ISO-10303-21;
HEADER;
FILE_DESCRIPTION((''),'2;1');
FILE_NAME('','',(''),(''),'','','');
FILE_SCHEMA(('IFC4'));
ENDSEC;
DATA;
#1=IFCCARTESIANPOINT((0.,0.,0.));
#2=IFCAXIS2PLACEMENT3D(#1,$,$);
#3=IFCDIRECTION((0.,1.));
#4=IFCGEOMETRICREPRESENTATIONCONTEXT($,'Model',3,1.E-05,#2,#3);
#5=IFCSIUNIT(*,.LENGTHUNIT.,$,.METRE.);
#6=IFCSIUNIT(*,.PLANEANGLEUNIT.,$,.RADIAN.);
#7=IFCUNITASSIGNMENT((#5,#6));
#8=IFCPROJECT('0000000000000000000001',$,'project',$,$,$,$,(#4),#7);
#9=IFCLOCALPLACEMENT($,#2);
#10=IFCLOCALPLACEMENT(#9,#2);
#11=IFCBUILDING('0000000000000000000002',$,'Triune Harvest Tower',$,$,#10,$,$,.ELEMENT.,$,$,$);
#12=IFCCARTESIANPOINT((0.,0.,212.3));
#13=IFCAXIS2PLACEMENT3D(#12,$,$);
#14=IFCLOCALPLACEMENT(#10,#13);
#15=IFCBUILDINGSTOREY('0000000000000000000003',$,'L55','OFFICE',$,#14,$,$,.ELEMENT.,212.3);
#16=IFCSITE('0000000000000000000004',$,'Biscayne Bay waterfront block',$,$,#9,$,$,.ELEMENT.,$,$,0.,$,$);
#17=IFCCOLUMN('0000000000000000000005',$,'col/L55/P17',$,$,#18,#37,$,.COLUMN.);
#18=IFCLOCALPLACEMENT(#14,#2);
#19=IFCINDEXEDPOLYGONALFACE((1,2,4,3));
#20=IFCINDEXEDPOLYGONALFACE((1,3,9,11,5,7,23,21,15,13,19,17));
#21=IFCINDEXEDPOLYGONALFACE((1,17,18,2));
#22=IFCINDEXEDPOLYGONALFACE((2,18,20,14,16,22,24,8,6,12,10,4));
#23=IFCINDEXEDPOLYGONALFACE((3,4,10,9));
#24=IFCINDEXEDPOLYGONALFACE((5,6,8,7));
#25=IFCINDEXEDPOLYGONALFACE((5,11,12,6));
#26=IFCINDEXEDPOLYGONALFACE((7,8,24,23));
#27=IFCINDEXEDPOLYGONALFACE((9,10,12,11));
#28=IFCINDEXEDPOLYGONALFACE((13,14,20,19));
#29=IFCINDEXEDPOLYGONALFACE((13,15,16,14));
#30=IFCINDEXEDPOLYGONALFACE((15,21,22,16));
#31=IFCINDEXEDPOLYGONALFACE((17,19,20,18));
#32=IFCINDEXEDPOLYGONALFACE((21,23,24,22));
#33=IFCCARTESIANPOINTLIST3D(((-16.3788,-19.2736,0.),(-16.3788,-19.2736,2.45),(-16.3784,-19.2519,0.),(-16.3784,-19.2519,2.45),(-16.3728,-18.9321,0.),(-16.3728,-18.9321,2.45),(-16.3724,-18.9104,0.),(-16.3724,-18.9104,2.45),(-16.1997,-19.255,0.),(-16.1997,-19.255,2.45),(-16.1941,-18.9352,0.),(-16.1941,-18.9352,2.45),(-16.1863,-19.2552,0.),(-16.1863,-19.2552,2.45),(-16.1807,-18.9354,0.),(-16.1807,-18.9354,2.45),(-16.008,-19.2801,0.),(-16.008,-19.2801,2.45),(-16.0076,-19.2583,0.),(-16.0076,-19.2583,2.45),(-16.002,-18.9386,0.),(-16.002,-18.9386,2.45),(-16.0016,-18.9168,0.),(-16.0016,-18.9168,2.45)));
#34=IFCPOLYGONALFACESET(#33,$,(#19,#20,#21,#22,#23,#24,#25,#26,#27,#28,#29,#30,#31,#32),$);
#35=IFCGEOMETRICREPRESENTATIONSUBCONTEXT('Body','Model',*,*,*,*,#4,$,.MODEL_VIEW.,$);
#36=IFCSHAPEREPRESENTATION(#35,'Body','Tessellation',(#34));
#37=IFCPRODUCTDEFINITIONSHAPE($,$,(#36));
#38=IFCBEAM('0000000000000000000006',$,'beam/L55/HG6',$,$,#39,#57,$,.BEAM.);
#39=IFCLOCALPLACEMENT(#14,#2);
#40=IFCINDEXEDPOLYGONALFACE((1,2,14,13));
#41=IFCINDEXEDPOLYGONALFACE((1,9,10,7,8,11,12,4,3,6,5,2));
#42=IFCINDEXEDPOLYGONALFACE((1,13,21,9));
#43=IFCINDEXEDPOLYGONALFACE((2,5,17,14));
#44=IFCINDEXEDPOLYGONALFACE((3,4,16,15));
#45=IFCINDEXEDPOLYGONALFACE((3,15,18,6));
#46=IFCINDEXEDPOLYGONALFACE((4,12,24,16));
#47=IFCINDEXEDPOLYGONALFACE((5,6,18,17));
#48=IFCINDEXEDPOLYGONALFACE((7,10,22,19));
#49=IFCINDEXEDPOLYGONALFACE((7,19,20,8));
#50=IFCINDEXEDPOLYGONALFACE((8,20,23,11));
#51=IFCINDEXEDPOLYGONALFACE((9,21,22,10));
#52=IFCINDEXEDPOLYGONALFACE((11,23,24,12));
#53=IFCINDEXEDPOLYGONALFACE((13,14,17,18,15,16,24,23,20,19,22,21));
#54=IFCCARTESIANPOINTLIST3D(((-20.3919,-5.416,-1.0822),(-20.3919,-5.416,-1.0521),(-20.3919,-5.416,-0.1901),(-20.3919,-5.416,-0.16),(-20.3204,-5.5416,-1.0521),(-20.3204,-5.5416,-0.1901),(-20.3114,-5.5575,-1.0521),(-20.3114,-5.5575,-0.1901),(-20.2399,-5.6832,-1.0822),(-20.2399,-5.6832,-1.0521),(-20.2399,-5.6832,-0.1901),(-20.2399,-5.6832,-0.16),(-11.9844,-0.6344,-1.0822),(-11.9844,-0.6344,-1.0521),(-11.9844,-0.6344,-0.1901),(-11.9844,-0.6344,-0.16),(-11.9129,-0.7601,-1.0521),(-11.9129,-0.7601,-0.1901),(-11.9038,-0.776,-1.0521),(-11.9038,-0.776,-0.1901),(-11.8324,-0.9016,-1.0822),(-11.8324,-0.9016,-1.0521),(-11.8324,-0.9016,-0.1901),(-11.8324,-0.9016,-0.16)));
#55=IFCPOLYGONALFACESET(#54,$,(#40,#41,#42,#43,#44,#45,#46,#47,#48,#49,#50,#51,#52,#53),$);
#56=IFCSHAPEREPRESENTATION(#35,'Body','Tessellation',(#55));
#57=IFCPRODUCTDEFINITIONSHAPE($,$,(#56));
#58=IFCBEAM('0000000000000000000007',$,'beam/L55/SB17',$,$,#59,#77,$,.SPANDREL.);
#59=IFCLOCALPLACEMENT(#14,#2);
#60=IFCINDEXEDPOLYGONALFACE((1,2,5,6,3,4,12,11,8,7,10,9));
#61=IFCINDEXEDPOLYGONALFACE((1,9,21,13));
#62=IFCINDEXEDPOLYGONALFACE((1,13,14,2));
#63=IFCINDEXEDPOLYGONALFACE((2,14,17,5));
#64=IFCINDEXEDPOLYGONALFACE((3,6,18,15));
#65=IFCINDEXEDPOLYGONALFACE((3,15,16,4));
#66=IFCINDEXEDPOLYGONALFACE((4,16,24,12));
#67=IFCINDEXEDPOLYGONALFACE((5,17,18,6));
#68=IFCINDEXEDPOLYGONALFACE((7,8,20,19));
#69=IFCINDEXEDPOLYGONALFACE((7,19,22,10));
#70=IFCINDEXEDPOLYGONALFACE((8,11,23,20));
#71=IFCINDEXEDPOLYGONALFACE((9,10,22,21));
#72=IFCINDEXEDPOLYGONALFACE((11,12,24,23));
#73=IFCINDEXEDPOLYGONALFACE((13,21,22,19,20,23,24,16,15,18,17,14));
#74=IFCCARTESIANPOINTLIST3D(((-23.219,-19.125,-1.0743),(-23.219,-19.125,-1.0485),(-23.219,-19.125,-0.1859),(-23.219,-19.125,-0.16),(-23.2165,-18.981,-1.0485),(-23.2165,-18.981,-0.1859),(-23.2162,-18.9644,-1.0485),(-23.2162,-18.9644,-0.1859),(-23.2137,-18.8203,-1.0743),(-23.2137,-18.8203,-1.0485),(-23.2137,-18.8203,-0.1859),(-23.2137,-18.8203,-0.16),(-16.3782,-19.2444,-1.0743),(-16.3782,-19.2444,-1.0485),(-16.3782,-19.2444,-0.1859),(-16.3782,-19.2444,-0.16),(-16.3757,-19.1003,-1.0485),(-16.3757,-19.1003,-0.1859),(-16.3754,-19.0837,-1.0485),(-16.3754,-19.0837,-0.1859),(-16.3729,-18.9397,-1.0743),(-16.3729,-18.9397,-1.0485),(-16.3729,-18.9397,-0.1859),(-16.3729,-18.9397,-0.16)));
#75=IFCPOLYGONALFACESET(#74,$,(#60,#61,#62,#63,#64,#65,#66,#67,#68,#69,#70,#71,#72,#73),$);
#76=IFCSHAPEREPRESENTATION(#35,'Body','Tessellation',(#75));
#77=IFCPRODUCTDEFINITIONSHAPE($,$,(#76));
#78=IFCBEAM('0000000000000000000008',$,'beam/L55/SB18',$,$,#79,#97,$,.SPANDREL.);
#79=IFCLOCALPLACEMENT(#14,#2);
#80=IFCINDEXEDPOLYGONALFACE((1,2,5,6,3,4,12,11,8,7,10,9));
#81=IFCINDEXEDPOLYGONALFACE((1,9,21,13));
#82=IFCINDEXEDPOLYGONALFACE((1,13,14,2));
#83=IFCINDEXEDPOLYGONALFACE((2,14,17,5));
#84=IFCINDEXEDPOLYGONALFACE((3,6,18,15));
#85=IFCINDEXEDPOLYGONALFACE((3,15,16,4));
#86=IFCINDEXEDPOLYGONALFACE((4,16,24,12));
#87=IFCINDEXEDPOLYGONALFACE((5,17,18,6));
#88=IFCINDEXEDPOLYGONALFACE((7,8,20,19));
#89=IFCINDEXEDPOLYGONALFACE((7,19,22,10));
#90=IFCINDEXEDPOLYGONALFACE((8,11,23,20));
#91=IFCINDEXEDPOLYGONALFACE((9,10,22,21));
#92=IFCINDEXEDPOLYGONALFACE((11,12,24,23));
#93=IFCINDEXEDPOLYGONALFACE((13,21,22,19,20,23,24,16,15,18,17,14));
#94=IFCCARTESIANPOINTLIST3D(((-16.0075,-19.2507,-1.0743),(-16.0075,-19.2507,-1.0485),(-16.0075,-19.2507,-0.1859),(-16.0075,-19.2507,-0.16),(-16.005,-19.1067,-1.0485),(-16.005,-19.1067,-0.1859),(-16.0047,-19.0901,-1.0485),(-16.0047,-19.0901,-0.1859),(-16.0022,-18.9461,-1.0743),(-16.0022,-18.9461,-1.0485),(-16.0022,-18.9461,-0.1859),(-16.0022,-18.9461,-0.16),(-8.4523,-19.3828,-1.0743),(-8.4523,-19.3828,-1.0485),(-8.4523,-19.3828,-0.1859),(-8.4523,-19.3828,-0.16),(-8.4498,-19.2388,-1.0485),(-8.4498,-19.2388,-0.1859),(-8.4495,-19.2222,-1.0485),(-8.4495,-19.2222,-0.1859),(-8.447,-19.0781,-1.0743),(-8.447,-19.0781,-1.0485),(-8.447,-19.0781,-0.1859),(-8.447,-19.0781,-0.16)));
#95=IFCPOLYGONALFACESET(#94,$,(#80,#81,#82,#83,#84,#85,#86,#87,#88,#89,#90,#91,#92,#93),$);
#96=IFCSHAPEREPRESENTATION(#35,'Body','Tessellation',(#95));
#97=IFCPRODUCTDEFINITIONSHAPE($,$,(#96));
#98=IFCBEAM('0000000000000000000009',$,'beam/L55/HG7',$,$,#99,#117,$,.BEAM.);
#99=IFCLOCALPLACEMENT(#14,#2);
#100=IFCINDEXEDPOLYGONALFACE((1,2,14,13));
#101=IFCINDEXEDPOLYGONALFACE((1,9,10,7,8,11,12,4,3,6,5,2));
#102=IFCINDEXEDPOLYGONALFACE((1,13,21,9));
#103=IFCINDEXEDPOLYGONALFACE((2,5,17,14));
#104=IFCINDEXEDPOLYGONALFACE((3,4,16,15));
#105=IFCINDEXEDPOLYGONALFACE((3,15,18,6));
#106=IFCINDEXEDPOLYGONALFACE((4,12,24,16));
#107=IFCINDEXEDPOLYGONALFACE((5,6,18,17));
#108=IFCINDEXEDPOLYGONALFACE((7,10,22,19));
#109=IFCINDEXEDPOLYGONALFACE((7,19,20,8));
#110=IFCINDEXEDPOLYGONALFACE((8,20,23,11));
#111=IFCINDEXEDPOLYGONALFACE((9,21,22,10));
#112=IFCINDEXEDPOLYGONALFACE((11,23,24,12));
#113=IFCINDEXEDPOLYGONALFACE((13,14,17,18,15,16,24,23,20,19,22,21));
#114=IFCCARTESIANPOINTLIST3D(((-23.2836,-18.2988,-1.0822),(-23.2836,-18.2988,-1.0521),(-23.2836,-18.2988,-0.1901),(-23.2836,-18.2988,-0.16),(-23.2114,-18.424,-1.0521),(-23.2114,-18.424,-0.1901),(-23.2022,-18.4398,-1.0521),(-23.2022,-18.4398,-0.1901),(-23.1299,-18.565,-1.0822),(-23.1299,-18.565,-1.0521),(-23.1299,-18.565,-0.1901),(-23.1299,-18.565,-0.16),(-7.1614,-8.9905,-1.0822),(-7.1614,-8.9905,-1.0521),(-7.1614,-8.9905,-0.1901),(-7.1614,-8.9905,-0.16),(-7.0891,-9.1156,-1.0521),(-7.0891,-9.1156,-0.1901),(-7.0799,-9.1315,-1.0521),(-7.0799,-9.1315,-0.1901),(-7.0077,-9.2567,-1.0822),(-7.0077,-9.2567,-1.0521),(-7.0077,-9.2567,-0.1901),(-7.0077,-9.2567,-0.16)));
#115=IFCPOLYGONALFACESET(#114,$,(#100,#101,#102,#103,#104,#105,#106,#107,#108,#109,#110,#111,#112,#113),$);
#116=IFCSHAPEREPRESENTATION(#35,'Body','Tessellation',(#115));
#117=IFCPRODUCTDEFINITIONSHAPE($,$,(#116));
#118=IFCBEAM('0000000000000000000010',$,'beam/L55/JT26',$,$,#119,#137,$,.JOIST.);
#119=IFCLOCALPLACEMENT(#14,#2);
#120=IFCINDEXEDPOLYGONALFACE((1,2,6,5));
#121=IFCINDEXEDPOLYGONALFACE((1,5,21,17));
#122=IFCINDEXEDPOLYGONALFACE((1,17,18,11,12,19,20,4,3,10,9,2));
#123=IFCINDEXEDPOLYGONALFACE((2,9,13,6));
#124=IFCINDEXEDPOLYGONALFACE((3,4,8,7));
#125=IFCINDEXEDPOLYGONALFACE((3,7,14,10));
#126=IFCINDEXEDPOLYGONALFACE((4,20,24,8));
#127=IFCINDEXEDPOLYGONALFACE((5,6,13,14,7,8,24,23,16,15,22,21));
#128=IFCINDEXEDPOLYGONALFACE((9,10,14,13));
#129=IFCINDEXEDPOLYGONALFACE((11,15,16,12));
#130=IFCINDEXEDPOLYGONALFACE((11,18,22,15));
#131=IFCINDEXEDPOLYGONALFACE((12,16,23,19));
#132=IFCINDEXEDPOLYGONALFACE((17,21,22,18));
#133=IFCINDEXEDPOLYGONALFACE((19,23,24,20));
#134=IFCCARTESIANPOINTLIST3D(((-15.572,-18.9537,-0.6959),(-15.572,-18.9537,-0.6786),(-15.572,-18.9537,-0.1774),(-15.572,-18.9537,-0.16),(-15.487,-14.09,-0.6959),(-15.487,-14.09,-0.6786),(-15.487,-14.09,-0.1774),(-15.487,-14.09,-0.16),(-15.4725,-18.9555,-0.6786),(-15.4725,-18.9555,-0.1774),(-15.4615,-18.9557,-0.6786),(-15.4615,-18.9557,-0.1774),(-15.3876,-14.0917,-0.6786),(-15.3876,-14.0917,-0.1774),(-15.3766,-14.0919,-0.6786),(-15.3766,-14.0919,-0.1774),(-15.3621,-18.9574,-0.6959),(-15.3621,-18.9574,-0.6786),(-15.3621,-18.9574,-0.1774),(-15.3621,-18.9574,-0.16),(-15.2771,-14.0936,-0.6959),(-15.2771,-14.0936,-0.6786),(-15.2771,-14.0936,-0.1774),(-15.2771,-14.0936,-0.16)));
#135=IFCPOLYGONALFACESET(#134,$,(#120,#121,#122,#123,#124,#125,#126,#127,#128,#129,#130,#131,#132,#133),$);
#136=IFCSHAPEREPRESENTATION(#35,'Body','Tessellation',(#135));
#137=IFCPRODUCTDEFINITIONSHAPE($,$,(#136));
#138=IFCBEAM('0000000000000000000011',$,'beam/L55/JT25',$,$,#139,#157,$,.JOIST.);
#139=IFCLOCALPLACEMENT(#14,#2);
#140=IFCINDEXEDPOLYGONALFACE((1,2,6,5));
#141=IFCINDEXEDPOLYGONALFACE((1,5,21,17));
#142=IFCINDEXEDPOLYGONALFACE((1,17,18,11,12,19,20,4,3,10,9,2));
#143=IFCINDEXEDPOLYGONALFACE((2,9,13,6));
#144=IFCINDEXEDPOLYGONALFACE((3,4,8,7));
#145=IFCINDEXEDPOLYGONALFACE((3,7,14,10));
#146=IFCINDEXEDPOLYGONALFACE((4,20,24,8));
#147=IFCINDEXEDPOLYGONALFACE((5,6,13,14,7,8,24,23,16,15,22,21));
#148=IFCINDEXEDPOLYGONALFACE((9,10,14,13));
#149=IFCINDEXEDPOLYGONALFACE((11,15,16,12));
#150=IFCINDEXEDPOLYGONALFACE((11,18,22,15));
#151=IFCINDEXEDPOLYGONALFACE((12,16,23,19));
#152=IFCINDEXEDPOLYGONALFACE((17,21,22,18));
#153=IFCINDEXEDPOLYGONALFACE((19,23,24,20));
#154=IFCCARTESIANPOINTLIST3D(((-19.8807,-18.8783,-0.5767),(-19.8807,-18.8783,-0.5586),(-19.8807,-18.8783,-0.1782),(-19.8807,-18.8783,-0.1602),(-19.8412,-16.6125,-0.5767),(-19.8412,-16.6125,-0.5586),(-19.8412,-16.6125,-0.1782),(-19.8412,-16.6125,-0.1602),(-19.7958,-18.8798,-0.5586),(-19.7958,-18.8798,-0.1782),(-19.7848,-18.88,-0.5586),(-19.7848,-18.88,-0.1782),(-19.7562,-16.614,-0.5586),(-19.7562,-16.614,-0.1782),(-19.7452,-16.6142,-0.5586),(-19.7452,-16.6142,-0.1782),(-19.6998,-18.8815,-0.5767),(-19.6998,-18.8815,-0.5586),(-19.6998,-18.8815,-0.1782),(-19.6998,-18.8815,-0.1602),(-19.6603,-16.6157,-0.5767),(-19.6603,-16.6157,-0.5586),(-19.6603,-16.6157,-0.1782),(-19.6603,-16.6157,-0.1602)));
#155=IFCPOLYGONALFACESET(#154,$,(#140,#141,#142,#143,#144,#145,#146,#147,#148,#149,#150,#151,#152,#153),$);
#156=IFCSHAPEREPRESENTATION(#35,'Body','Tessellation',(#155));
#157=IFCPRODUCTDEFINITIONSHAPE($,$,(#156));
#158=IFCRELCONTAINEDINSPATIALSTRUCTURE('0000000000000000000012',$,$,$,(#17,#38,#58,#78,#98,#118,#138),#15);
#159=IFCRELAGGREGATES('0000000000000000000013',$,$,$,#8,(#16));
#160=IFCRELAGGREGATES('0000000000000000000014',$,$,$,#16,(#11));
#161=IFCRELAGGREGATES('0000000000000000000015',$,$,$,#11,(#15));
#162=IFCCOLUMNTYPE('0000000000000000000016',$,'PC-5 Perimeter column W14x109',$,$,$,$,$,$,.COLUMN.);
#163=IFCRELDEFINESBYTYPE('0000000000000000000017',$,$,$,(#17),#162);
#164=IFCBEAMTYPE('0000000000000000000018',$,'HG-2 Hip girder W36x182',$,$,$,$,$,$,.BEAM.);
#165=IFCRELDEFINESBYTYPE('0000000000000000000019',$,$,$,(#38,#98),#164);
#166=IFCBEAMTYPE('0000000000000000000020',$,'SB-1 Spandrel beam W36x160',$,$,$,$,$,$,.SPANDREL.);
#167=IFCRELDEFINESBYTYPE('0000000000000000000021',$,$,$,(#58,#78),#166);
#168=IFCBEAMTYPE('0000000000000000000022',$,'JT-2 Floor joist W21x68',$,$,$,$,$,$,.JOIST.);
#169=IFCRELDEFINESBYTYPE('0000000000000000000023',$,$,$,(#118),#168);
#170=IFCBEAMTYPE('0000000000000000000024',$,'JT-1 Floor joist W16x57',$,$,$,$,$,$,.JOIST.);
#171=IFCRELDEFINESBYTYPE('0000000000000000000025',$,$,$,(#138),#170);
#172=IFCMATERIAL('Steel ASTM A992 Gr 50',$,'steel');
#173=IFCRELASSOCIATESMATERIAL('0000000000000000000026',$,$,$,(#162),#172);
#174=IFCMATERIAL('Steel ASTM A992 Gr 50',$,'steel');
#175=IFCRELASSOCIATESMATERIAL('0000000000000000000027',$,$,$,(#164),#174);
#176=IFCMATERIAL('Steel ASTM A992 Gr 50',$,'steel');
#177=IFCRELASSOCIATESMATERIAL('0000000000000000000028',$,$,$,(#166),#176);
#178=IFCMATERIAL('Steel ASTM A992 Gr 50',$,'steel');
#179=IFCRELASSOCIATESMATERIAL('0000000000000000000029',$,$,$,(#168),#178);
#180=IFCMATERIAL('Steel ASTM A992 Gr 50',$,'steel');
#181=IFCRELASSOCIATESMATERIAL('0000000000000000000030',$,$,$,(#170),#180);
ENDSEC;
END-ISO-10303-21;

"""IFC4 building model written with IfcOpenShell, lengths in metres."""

from ifc_helpers import new_model, si_unit, direction, frame, origin, origin_2d, place, context, subcontext, project, spatial, i_section, extrude, source, transform, mapped, material, material_profile, profile_set, type_object, element, save


model = new_model("IFC4")

# Units and contexts
model_context = context("Model", 3, precision=1e-05, world=origin(), true_north=direction((0.0, 1.0)))
body_context = subcontext(model_context, "Body", "Model", "MODEL_VIEW")
ifc_project = project(units=[si_unit("LENGTHUNIT", "METRE"), si_unit("PLANEANGLEUNIT", "RADIAN")], contexts=[model_context])

# Site, building, storey
site_placement = place(None, origin())
site = spatial("IfcSite", under=ifc_project, at=site_placement, Name="Biscayne Bay waterfront block", CompositionType="ELEMENT", RefElevation=0.0)
building_placement = place(site_placement, origin())
building = spatial("IfcBuilding", under=site, at=building_placement, Name="Triune Harvest Tower", CompositionType="ELEMENT")
storey_placement = place(building_placement, frame((0.0, 0.0, 212.3)))
storey = spatial("IfcBuildingStorey", under=building, at=storey_placement, Name="L55", Description="OFFICE", CompositionType="ELEMENT", Elevation=212.3)

# Column
ifc_material_1 = material(Name="Steel ASTM A992 Gr 50", Category="steel")
ifc_material_profile_1 = material_profile(ifc_material_1, i_section(OverallWidth=0.3708, OverallDepth=0.3633, WebThickness=0.0134, FlangeThickness=0.0217, at=origin_2d()), Name="W14x109")
ifc_profile_set_1 = profile_set([ifc_material_profile_1], Name="Steel ASTM A992 Gr 50")
column_type = type_object("IfcColumnType", Name="PC-5 Perimeter column W14x109", PredefinedType="COLUMN", material=ifc_profile_set_1)
shared_shape_1 = source(origin(), body_context, "Body", "SweptSolid", [
    extrude(i_section(OverallWidth=0.3708, OverallDepth=0.3633, WebThickness=0.0134, FlangeThickness=0.0217, at=origin_2d()), origin(), (0.0, 0.0, 1.0), 2.45),
])
column_placement = place(storey_placement, frame((-16.1902, -19.0952, 0.0), z_axis=(0.0, 0.0, 1.0), x_axis=(0.999848, -0.017452, 0.0)))
element("IfcColumn", 1, at=column_placement, inside=storey, type_object=column_type, Name="col/L55/P17", PredefinedType="COLUMN", context=body_context, shape_type="MappedRepresentation", body=[
    mapped(shared_shape_1, transform((0.0, 0.0, 0.0), scale=1.0)),
])

# Beams
ifc_material_2 = material(Name="Steel ASTM A992 Gr 50", Category="steel")
ifc_material_profile_2 = material_profile(ifc_material_2, i_section(OverallWidth=0.3074, OverallDepth=0.9221, WebThickness=0.0183, FlangeThickness=0.03, at=origin_2d()), Name="W36x182")
ifc_profile_set_2 = profile_set([ifc_material_profile_2], Name="Steel ASTM A992 Gr 50")
beam_type_1 = type_object("IfcBeamType", Name="HG-2 Hip girder W36x182", PredefinedType="BEAM", material=ifc_profile_set_2)
shared_shape_2 = source(origin(), body_context, "Body", "SweptSolid", [
    extrude(i_section(OverallWidth=0.3074, OverallDepth=0.9221, WebThickness=0.0183, FlangeThickness=0.03, at=origin_2d()), origin(), (0.0, 0.0, 1.0), 9.6721),
])
beam_1_placement = place(storey_placement, frame((-20.3159, -5.5496, -0.6211), z_axis=(0.869256, 0.494363, 0.0), x_axis=(-0.494363, 0.869256, 0.0)))
element("IfcBeam", 2, at=beam_1_placement, inside=storey, type_object=beam_type_1, Name="beam/L55/HG6", PredefinedType="BEAM", context=body_context, shape_type="MappedRepresentation", body=[
    mapped(shared_shape_2, transform((0.0, 0.0, 0.0), scale=1.0)),
])
ifc_material_3 = material(Name="Steel ASTM A992 Gr 50", Category="steel")
ifc_material_profile_3 = material_profile(ifc_material_3, i_section(OverallWidth=0.3047, OverallDepth=0.9143, WebThickness=0.0166, FlangeThickness=0.0259, at=origin_2d()), Name="W36x160")
ifc_profile_set_3 = profile_set([ifc_material_profile_3], Name="Steel ASTM A992 Gr 50")
beam_type_2 = type_object("IfcBeamType", Name="SB-1 Spandrel beam W36x160", PredefinedType="SPANDREL", material=ifc_profile_set_3)
shared_shape_3 = source(origin(), body_context, "Body", "SweptSolid", [
    extrude(i_section(OverallWidth=0.3047, OverallDepth=0.9143, WebThickness=0.0166, FlangeThickness=0.0259, at=origin_2d()), origin(), (0.0, 0.0, 1.0), 6.8418),
])
beam_2_placement = place(storey_placement, frame((-23.2163, -18.9727, -0.6172), z_axis=(0.999848, -0.017449, 0.0), x_axis=(0.017449, 0.999848, 0.0)))
element("IfcBeam", 3, at=beam_2_placement, inside=storey, type_object=beam_type_2, Name="beam/L55/SB17", PredefinedType="SPANDREL", context=body_context, shape_type="MappedRepresentation", body=[
    mapped(shared_shape_3, transform((0.0, 0.0, 0.0), scale=1.0)),
])
shared_shape_4 = source(origin(), body_context, "Body", "SweptSolid", [
    extrude(i_section(OverallWidth=0.3047, OverallDepth=0.9143, WebThickness=0.0166, FlangeThickness=0.0259, at=origin_2d()), origin(), (0.0, 0.0, 1.0), 7.5564),
])
beam_3_placement = place(storey_placement, frame((-16.0049, -19.0984, -0.6172), z_axis=(0.999847, -0.017479, 0.0), x_axis=(0.017479, 0.999847, 0.0)))
element("IfcBeam", 4, at=beam_3_placement, inside=storey, type_object=beam_type_2, Name="beam/L55/SB18", PredefinedType="SPANDREL", context=body_context, shape_type="MappedRepresentation", body=[
    mapped(shared_shape_4, transform((0.0, 0.0, 0.0), scale=1.0)),
])
shared_shape_5 = source(origin(), body_context, "Body", "SweptSolid", [
    extrude(i_section(OverallWidth=0.3074, OverallDepth=0.9221, WebThickness=0.0183, FlangeThickness=0.03, at=origin_2d()), origin(), (0.0, 0.0, 1.0), 18.6165),
])
beam_4_placement = place(storey_placement, frame((-23.2068, -18.4319, -0.6211), z_axis=(0.866022, 0.500005, 0.0), x_axis=(-0.500005, 0.866022, 0.0)))
element("IfcBeam", 5, at=beam_4_placement, inside=storey, type_object=beam_type_1, Name="beam/L55/HG7", PredefinedType="BEAM", context=body_context, shape_type="MappedRepresentation", body=[
    mapped(shared_shape_5, transform((0.0, 0.0, 0.0), scale=1.0)),
])
ifc_material_4 = material(Name="Steel ASTM A992 Gr 50", Category="steel")
ifc_material_profile_4 = material_profile(ifc_material_4, i_section(OverallWidth=0.21, OverallDepth=0.5359, WebThickness=0.011, FlangeThickness=0.0173, at=origin_2d()), Name="W21x68")
ifc_profile_set_4 = profile_set([ifc_material_profile_4], Name="Steel ASTM A992 Gr 50")
beam_type_3 = type_object("IfcBeamType", Name="JT-2 Floor joist W21x68", PredefinedType="JOIST", material=ifc_profile_set_4)
shared_shape_6 = source(origin(), body_context, "Body", "SweptSolid", [
    extrude(i_section(OverallWidth=0.21, OverallDepth=0.5359, WebThickness=0.011, FlangeThickness=0.0173, at=origin_2d()), origin(), (0.0, 0.0, 1.0), 4.8645),
])
beam_5_placement = place(storey_placement, frame((-15.467, -18.9556, -0.428), z_axis=(0.017465, 0.999847, 0.0), x_axis=(-0.999847, 0.017465, 0.0)))
element("IfcBeam", 6, at=beam_5_placement, inside=storey, type_object=beam_type_3, Name="beam/L55/JT26", PredefinedType="JOIST", context=body_context, shape_type="MappedRepresentation", body=[
    mapped(shared_shape_6, transform((0.0, 0.0, 0.0), scale=1.0)),
])
ifc_material_5 = material(Name="Steel ASTM A992 Gr 50", Category="steel")
ifc_material_profile_5 = material_profile(ifc_material_5, i_section(OverallWidth=0.1809, OverallDepth=0.4165, WebThickness=0.011, FlangeThickness=0.0181, at=origin_2d()), Name="W16x57")
ifc_profile_set_5 = profile_set([ifc_material_profile_5], Name="Steel ASTM A992 Gr 50")
beam_type_4 = type_object("IfcBeamType", Name="JT-1 Floor joist W16x57", PredefinedType="JOIST", material=ifc_profile_set_5)
shared_shape_7 = source(origin(), body_context, "Body", "SweptSolid", [
    extrude(i_section(OverallWidth=0.1809, OverallDepth=0.4165, WebThickness=0.011, FlangeThickness=0.0181, at=origin_2d()), origin(), (0.0, 0.0, 1.0), 2.2661),
])
beam_6_placement = place(storey_placement, frame((-19.7903, -18.8799, -0.3684), z_axis=(0.017452, 0.999848, 0.0), x_axis=(-0.999848, 0.017452, 0.0)))
element("IfcBeam", 7, at=beam_6_placement, inside=storey, type_object=beam_type_4, Name="beam/L55/JT25", PredefinedType="JOIST", context=body_context, shape_type="MappedRepresentation", body=[
    mapped(shared_shape_7, transform((0.0, 0.0, 0.0), scale=1.0)),
])

save(model, "model.ifc")
